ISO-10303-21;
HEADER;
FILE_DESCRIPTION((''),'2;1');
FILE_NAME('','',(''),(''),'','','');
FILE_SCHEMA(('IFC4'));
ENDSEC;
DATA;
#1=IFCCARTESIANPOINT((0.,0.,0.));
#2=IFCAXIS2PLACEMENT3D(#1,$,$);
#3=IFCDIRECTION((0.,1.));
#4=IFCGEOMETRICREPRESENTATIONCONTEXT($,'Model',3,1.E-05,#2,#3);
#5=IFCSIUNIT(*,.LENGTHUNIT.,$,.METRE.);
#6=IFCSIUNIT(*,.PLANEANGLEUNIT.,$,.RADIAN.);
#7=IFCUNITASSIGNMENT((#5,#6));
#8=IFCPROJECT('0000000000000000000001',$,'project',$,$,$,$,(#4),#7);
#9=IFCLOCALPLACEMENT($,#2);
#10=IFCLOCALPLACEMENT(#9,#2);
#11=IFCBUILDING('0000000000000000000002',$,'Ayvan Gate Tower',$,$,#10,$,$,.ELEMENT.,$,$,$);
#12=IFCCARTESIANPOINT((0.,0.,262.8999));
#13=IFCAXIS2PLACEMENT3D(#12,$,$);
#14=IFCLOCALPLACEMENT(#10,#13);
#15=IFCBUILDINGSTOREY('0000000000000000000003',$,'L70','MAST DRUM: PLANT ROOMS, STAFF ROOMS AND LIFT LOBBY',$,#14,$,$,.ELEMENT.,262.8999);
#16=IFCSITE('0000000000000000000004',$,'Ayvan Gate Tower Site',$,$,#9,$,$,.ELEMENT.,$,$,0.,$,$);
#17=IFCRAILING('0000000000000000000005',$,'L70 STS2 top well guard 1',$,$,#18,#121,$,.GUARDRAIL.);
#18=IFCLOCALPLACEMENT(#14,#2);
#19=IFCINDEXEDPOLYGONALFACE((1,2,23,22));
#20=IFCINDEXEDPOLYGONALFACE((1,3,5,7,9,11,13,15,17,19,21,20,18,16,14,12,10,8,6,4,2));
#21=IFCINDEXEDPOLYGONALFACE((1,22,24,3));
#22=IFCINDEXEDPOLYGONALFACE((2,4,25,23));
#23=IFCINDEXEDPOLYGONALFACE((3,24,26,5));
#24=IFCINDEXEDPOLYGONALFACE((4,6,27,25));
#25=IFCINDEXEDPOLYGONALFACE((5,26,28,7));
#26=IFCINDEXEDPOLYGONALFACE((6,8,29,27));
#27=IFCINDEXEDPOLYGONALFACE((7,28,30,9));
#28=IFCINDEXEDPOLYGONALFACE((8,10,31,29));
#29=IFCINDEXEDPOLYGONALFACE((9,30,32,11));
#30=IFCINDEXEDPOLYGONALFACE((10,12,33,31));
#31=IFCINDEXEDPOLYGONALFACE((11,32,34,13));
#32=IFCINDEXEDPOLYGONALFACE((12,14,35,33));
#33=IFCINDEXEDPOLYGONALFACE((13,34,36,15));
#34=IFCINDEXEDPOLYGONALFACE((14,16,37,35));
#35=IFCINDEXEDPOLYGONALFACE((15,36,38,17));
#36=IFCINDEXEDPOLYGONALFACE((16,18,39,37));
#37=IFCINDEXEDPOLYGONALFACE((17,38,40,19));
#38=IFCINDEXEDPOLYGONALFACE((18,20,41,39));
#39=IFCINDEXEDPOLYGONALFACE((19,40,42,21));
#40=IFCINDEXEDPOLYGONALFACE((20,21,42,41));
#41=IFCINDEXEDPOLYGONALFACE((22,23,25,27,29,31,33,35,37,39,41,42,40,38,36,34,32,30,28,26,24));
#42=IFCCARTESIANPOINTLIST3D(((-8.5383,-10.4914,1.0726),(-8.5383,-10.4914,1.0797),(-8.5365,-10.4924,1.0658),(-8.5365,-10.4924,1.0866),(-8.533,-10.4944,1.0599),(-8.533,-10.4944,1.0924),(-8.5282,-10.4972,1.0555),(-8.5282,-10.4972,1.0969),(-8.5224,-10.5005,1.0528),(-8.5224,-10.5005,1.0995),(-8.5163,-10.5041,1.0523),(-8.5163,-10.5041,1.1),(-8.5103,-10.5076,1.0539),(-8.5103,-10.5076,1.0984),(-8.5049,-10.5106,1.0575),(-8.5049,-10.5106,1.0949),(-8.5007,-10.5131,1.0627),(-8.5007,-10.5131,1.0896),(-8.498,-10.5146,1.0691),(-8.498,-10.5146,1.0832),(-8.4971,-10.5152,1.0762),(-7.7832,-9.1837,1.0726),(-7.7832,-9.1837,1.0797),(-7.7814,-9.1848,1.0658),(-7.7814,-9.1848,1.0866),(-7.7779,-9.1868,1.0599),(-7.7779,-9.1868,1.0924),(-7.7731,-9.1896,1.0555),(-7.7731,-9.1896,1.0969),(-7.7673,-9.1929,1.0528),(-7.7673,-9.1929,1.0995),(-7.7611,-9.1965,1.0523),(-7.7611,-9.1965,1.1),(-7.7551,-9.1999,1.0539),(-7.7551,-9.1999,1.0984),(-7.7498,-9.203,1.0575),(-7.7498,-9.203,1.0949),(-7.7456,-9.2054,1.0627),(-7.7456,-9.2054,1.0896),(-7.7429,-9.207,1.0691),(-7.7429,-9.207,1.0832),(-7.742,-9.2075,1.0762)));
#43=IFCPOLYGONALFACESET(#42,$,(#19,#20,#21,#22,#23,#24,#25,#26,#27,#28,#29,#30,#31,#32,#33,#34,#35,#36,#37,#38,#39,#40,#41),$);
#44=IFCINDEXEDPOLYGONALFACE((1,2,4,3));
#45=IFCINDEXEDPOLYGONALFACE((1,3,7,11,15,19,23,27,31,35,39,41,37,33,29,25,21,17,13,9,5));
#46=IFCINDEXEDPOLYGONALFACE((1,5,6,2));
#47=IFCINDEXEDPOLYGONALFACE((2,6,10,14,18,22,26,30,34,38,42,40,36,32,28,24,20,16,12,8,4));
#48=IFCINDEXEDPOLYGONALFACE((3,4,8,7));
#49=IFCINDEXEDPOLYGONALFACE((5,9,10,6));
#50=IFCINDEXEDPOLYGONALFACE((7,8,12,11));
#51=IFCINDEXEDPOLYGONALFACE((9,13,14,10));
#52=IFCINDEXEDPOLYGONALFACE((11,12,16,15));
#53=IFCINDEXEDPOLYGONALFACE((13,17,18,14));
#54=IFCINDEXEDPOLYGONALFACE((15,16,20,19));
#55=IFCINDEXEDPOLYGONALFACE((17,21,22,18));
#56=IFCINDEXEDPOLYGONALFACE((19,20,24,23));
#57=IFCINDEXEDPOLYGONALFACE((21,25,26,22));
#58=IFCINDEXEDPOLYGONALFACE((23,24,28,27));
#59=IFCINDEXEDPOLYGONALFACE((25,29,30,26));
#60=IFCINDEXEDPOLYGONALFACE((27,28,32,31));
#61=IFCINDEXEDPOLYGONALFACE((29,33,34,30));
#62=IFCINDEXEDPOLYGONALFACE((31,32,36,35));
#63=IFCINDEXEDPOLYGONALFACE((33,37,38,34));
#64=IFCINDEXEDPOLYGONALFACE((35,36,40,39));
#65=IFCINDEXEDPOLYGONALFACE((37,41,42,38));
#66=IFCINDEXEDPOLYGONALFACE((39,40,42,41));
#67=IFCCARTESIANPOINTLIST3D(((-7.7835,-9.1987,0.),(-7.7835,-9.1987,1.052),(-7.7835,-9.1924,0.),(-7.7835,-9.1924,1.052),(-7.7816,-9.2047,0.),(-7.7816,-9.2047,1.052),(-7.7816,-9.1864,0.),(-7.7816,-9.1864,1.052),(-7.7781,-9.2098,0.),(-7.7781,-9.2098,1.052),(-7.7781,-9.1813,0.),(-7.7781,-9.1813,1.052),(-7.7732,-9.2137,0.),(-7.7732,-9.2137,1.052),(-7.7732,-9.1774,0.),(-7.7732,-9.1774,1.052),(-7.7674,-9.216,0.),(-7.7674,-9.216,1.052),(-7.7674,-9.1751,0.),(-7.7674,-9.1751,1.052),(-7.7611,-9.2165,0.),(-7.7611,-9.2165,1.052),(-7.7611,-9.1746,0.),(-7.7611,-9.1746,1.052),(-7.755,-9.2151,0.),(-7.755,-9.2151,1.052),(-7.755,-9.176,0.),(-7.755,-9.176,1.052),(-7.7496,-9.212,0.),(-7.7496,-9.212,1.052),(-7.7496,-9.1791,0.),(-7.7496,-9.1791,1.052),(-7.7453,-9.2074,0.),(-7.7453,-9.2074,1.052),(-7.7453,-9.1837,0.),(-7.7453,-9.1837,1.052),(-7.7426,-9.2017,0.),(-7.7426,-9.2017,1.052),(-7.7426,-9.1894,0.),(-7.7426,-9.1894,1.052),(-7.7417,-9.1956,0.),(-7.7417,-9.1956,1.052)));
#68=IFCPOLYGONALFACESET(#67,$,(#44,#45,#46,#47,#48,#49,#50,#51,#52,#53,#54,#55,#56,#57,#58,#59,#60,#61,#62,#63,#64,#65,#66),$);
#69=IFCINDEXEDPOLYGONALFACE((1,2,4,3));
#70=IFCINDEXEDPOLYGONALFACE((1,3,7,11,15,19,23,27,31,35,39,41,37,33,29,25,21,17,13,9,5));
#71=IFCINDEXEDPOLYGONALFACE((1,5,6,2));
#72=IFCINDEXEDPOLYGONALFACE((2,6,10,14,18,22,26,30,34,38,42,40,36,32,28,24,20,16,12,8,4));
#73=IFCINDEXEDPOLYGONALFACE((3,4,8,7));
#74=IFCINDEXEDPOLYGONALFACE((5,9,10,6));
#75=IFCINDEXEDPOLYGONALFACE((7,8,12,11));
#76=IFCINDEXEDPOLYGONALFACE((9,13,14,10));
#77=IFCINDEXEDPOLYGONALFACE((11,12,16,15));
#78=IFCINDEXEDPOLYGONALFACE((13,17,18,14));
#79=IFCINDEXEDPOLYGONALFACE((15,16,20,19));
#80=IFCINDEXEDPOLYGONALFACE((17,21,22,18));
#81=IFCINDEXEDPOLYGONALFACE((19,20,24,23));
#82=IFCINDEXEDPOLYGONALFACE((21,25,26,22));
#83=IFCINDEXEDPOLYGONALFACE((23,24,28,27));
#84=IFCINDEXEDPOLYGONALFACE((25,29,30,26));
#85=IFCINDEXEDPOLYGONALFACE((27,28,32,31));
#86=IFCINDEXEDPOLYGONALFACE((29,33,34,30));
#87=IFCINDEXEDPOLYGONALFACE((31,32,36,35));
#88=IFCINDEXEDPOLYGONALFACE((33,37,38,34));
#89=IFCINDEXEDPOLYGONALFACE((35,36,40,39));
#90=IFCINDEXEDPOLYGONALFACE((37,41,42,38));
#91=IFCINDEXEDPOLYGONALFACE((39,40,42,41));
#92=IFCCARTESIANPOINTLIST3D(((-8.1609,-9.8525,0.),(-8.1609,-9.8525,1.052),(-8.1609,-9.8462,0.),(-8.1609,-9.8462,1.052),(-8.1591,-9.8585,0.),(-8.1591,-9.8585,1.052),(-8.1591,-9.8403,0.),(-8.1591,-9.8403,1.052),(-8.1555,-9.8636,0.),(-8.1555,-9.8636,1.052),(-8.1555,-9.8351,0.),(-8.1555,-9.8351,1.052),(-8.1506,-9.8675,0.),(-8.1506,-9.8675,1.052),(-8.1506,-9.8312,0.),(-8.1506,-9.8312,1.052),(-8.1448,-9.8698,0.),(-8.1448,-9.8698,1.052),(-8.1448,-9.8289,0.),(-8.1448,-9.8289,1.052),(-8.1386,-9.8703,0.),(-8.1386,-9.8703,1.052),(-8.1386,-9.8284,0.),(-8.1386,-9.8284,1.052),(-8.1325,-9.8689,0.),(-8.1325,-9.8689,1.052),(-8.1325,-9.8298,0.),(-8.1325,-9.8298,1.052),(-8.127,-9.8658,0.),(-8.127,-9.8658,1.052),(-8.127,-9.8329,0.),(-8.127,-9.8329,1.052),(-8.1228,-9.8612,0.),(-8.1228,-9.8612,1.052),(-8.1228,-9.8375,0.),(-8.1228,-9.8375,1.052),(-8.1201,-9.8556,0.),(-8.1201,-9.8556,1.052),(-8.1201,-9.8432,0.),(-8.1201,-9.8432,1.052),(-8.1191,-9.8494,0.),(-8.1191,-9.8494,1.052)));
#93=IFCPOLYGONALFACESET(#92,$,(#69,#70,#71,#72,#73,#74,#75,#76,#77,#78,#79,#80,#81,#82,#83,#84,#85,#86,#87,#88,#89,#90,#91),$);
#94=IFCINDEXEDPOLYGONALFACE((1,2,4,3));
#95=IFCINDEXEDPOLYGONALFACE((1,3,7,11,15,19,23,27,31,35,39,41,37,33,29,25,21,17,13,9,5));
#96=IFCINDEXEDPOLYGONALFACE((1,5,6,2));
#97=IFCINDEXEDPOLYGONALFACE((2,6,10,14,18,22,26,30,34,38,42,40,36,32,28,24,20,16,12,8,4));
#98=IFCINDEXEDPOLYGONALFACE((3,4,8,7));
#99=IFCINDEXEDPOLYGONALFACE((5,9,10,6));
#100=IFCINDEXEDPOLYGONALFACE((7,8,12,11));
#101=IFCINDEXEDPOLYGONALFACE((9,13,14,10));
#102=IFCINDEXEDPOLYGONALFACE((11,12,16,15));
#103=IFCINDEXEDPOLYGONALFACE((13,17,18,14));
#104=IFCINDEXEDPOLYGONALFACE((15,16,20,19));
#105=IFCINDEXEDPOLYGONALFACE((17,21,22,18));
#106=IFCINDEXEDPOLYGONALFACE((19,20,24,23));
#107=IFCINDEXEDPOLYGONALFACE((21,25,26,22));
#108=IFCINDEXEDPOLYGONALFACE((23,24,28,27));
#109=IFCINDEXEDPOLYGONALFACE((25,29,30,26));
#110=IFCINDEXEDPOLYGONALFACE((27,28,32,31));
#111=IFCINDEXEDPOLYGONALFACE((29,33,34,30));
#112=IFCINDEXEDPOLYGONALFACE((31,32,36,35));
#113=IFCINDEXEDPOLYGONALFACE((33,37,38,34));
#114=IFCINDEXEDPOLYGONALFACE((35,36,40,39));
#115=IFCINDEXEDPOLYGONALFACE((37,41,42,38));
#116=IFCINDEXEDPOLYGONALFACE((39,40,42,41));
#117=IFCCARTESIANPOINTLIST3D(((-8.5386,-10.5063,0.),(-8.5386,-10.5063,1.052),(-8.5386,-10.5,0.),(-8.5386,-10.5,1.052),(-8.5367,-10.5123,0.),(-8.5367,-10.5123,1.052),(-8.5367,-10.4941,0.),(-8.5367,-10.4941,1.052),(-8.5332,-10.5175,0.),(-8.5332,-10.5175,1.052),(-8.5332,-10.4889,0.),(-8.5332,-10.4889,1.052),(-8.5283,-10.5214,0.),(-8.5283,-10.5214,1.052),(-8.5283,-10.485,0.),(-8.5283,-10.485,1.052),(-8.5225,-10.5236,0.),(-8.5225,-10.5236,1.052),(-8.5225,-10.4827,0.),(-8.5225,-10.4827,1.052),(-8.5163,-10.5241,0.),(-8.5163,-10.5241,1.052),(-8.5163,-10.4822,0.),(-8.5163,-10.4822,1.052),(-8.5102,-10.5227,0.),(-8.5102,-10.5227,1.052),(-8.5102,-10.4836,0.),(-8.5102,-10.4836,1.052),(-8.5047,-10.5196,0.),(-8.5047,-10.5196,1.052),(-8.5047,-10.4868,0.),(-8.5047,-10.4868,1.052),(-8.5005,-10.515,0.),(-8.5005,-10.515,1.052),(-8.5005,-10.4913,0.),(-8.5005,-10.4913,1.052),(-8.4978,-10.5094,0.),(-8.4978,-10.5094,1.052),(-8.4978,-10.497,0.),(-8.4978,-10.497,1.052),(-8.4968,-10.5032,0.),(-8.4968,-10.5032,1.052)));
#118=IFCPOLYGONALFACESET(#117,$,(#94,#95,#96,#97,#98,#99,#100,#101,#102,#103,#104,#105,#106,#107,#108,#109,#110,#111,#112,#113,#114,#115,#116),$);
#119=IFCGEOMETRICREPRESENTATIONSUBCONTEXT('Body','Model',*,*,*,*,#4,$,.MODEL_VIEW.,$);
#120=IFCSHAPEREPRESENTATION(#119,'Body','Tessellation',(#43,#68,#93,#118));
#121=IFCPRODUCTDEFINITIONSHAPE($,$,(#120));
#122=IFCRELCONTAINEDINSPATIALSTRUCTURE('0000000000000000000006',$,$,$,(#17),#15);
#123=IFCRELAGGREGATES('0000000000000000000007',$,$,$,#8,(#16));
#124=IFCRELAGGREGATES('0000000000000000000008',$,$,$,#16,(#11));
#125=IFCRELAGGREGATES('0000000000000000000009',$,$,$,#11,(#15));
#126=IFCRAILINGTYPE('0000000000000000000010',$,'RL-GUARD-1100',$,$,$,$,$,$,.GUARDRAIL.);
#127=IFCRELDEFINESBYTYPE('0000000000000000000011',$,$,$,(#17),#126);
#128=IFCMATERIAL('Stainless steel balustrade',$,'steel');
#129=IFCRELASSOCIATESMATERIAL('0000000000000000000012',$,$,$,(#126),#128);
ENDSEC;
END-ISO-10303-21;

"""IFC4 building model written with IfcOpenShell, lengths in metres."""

from ifc_helpers import new_model, si_unit, direction, frame, origin, origin_2d, place, context, subcontext, project, spatial, circle, extrude, material, type_object, element, save


model = new_model("IFC4")

# Units and contexts
model_context = context("Model", 3, precision=1e-05, world=origin(), true_north=direction((0.0, 1.0)))
body_context = subcontext(model_context, "Body", "Model", "MODEL_VIEW")
ifc_project = project(units=[si_unit("LENGTHUNIT", "METRE"), si_unit("PLANEANGLEUNIT", "RADIAN")], contexts=[model_context])

# Site, building, storey
site_placement = place(None, origin())
site = spatial("IfcSite", under=ifc_project, at=site_placement, Name="Ayvan Gate Tower Site", CompositionType="ELEMENT", RefElevation=0.0)
building_placement = place(site_placement, origin())
building = spatial("IfcBuilding", under=site, at=building_placement, Name="Ayvan Gate Tower", CompositionType="ELEMENT")
storey_placement = place(building_placement, frame((0.0, 0.0, 262.8999)))
storey = spatial("IfcBuildingStorey", under=building, at=storey_placement, Name="L70", Description="MAST DRUM: PLANT ROOMS, STAFF ROOMS AND LIFT LOBBY", CompositionType="ELEMENT", Elevation=262.8999)

# Railing
ifc_material_1 = material(Name="Stainless steel balustrade", Category="steel")
railing_type = type_object("IfcRailingType", Name="RL-GUARD-1100", PredefinedType="GUARDRAIL", material=ifc_material_1)
railing_placement = place(storey_placement, frame((-7.7627, -9.1956, 0.0)))
element("IfcRailing", 1, at=railing_placement, inside=storey, type_object=railing_type, Name="L70 STS2 top well guard 1", PredefinedType="GUARDRAIL", context=body_context, shape_type="SweptSolid", body=[
    extrude(circle(Radius=0.0239, at=origin_2d()), frame((0.0, 0.0, 1.0762), z_axis=(-0.500086, -0.865976, 0.0), x_axis=(0.865976, -0.500086, 0.0)), (0.0, 0.0, 1.0), 1.51),
    extrude(circle(Radius=0.021, at=origin_2d()), origin(), (0.0, 0.0, 1.0), 1.052),
    extrude(circle(Radius=0.021, at=origin_2d()), frame((-0.3774, -0.6538, 0.0)), (0.0, 0.0, 1.0), 1.052),
    extrude(circle(Radius=0.021, at=origin_2d()), frame((-0.7551, -1.3076, 0.0)), (0.0, 0.0, 1.0), 1.052),
])

save(model, "model.ifc")
